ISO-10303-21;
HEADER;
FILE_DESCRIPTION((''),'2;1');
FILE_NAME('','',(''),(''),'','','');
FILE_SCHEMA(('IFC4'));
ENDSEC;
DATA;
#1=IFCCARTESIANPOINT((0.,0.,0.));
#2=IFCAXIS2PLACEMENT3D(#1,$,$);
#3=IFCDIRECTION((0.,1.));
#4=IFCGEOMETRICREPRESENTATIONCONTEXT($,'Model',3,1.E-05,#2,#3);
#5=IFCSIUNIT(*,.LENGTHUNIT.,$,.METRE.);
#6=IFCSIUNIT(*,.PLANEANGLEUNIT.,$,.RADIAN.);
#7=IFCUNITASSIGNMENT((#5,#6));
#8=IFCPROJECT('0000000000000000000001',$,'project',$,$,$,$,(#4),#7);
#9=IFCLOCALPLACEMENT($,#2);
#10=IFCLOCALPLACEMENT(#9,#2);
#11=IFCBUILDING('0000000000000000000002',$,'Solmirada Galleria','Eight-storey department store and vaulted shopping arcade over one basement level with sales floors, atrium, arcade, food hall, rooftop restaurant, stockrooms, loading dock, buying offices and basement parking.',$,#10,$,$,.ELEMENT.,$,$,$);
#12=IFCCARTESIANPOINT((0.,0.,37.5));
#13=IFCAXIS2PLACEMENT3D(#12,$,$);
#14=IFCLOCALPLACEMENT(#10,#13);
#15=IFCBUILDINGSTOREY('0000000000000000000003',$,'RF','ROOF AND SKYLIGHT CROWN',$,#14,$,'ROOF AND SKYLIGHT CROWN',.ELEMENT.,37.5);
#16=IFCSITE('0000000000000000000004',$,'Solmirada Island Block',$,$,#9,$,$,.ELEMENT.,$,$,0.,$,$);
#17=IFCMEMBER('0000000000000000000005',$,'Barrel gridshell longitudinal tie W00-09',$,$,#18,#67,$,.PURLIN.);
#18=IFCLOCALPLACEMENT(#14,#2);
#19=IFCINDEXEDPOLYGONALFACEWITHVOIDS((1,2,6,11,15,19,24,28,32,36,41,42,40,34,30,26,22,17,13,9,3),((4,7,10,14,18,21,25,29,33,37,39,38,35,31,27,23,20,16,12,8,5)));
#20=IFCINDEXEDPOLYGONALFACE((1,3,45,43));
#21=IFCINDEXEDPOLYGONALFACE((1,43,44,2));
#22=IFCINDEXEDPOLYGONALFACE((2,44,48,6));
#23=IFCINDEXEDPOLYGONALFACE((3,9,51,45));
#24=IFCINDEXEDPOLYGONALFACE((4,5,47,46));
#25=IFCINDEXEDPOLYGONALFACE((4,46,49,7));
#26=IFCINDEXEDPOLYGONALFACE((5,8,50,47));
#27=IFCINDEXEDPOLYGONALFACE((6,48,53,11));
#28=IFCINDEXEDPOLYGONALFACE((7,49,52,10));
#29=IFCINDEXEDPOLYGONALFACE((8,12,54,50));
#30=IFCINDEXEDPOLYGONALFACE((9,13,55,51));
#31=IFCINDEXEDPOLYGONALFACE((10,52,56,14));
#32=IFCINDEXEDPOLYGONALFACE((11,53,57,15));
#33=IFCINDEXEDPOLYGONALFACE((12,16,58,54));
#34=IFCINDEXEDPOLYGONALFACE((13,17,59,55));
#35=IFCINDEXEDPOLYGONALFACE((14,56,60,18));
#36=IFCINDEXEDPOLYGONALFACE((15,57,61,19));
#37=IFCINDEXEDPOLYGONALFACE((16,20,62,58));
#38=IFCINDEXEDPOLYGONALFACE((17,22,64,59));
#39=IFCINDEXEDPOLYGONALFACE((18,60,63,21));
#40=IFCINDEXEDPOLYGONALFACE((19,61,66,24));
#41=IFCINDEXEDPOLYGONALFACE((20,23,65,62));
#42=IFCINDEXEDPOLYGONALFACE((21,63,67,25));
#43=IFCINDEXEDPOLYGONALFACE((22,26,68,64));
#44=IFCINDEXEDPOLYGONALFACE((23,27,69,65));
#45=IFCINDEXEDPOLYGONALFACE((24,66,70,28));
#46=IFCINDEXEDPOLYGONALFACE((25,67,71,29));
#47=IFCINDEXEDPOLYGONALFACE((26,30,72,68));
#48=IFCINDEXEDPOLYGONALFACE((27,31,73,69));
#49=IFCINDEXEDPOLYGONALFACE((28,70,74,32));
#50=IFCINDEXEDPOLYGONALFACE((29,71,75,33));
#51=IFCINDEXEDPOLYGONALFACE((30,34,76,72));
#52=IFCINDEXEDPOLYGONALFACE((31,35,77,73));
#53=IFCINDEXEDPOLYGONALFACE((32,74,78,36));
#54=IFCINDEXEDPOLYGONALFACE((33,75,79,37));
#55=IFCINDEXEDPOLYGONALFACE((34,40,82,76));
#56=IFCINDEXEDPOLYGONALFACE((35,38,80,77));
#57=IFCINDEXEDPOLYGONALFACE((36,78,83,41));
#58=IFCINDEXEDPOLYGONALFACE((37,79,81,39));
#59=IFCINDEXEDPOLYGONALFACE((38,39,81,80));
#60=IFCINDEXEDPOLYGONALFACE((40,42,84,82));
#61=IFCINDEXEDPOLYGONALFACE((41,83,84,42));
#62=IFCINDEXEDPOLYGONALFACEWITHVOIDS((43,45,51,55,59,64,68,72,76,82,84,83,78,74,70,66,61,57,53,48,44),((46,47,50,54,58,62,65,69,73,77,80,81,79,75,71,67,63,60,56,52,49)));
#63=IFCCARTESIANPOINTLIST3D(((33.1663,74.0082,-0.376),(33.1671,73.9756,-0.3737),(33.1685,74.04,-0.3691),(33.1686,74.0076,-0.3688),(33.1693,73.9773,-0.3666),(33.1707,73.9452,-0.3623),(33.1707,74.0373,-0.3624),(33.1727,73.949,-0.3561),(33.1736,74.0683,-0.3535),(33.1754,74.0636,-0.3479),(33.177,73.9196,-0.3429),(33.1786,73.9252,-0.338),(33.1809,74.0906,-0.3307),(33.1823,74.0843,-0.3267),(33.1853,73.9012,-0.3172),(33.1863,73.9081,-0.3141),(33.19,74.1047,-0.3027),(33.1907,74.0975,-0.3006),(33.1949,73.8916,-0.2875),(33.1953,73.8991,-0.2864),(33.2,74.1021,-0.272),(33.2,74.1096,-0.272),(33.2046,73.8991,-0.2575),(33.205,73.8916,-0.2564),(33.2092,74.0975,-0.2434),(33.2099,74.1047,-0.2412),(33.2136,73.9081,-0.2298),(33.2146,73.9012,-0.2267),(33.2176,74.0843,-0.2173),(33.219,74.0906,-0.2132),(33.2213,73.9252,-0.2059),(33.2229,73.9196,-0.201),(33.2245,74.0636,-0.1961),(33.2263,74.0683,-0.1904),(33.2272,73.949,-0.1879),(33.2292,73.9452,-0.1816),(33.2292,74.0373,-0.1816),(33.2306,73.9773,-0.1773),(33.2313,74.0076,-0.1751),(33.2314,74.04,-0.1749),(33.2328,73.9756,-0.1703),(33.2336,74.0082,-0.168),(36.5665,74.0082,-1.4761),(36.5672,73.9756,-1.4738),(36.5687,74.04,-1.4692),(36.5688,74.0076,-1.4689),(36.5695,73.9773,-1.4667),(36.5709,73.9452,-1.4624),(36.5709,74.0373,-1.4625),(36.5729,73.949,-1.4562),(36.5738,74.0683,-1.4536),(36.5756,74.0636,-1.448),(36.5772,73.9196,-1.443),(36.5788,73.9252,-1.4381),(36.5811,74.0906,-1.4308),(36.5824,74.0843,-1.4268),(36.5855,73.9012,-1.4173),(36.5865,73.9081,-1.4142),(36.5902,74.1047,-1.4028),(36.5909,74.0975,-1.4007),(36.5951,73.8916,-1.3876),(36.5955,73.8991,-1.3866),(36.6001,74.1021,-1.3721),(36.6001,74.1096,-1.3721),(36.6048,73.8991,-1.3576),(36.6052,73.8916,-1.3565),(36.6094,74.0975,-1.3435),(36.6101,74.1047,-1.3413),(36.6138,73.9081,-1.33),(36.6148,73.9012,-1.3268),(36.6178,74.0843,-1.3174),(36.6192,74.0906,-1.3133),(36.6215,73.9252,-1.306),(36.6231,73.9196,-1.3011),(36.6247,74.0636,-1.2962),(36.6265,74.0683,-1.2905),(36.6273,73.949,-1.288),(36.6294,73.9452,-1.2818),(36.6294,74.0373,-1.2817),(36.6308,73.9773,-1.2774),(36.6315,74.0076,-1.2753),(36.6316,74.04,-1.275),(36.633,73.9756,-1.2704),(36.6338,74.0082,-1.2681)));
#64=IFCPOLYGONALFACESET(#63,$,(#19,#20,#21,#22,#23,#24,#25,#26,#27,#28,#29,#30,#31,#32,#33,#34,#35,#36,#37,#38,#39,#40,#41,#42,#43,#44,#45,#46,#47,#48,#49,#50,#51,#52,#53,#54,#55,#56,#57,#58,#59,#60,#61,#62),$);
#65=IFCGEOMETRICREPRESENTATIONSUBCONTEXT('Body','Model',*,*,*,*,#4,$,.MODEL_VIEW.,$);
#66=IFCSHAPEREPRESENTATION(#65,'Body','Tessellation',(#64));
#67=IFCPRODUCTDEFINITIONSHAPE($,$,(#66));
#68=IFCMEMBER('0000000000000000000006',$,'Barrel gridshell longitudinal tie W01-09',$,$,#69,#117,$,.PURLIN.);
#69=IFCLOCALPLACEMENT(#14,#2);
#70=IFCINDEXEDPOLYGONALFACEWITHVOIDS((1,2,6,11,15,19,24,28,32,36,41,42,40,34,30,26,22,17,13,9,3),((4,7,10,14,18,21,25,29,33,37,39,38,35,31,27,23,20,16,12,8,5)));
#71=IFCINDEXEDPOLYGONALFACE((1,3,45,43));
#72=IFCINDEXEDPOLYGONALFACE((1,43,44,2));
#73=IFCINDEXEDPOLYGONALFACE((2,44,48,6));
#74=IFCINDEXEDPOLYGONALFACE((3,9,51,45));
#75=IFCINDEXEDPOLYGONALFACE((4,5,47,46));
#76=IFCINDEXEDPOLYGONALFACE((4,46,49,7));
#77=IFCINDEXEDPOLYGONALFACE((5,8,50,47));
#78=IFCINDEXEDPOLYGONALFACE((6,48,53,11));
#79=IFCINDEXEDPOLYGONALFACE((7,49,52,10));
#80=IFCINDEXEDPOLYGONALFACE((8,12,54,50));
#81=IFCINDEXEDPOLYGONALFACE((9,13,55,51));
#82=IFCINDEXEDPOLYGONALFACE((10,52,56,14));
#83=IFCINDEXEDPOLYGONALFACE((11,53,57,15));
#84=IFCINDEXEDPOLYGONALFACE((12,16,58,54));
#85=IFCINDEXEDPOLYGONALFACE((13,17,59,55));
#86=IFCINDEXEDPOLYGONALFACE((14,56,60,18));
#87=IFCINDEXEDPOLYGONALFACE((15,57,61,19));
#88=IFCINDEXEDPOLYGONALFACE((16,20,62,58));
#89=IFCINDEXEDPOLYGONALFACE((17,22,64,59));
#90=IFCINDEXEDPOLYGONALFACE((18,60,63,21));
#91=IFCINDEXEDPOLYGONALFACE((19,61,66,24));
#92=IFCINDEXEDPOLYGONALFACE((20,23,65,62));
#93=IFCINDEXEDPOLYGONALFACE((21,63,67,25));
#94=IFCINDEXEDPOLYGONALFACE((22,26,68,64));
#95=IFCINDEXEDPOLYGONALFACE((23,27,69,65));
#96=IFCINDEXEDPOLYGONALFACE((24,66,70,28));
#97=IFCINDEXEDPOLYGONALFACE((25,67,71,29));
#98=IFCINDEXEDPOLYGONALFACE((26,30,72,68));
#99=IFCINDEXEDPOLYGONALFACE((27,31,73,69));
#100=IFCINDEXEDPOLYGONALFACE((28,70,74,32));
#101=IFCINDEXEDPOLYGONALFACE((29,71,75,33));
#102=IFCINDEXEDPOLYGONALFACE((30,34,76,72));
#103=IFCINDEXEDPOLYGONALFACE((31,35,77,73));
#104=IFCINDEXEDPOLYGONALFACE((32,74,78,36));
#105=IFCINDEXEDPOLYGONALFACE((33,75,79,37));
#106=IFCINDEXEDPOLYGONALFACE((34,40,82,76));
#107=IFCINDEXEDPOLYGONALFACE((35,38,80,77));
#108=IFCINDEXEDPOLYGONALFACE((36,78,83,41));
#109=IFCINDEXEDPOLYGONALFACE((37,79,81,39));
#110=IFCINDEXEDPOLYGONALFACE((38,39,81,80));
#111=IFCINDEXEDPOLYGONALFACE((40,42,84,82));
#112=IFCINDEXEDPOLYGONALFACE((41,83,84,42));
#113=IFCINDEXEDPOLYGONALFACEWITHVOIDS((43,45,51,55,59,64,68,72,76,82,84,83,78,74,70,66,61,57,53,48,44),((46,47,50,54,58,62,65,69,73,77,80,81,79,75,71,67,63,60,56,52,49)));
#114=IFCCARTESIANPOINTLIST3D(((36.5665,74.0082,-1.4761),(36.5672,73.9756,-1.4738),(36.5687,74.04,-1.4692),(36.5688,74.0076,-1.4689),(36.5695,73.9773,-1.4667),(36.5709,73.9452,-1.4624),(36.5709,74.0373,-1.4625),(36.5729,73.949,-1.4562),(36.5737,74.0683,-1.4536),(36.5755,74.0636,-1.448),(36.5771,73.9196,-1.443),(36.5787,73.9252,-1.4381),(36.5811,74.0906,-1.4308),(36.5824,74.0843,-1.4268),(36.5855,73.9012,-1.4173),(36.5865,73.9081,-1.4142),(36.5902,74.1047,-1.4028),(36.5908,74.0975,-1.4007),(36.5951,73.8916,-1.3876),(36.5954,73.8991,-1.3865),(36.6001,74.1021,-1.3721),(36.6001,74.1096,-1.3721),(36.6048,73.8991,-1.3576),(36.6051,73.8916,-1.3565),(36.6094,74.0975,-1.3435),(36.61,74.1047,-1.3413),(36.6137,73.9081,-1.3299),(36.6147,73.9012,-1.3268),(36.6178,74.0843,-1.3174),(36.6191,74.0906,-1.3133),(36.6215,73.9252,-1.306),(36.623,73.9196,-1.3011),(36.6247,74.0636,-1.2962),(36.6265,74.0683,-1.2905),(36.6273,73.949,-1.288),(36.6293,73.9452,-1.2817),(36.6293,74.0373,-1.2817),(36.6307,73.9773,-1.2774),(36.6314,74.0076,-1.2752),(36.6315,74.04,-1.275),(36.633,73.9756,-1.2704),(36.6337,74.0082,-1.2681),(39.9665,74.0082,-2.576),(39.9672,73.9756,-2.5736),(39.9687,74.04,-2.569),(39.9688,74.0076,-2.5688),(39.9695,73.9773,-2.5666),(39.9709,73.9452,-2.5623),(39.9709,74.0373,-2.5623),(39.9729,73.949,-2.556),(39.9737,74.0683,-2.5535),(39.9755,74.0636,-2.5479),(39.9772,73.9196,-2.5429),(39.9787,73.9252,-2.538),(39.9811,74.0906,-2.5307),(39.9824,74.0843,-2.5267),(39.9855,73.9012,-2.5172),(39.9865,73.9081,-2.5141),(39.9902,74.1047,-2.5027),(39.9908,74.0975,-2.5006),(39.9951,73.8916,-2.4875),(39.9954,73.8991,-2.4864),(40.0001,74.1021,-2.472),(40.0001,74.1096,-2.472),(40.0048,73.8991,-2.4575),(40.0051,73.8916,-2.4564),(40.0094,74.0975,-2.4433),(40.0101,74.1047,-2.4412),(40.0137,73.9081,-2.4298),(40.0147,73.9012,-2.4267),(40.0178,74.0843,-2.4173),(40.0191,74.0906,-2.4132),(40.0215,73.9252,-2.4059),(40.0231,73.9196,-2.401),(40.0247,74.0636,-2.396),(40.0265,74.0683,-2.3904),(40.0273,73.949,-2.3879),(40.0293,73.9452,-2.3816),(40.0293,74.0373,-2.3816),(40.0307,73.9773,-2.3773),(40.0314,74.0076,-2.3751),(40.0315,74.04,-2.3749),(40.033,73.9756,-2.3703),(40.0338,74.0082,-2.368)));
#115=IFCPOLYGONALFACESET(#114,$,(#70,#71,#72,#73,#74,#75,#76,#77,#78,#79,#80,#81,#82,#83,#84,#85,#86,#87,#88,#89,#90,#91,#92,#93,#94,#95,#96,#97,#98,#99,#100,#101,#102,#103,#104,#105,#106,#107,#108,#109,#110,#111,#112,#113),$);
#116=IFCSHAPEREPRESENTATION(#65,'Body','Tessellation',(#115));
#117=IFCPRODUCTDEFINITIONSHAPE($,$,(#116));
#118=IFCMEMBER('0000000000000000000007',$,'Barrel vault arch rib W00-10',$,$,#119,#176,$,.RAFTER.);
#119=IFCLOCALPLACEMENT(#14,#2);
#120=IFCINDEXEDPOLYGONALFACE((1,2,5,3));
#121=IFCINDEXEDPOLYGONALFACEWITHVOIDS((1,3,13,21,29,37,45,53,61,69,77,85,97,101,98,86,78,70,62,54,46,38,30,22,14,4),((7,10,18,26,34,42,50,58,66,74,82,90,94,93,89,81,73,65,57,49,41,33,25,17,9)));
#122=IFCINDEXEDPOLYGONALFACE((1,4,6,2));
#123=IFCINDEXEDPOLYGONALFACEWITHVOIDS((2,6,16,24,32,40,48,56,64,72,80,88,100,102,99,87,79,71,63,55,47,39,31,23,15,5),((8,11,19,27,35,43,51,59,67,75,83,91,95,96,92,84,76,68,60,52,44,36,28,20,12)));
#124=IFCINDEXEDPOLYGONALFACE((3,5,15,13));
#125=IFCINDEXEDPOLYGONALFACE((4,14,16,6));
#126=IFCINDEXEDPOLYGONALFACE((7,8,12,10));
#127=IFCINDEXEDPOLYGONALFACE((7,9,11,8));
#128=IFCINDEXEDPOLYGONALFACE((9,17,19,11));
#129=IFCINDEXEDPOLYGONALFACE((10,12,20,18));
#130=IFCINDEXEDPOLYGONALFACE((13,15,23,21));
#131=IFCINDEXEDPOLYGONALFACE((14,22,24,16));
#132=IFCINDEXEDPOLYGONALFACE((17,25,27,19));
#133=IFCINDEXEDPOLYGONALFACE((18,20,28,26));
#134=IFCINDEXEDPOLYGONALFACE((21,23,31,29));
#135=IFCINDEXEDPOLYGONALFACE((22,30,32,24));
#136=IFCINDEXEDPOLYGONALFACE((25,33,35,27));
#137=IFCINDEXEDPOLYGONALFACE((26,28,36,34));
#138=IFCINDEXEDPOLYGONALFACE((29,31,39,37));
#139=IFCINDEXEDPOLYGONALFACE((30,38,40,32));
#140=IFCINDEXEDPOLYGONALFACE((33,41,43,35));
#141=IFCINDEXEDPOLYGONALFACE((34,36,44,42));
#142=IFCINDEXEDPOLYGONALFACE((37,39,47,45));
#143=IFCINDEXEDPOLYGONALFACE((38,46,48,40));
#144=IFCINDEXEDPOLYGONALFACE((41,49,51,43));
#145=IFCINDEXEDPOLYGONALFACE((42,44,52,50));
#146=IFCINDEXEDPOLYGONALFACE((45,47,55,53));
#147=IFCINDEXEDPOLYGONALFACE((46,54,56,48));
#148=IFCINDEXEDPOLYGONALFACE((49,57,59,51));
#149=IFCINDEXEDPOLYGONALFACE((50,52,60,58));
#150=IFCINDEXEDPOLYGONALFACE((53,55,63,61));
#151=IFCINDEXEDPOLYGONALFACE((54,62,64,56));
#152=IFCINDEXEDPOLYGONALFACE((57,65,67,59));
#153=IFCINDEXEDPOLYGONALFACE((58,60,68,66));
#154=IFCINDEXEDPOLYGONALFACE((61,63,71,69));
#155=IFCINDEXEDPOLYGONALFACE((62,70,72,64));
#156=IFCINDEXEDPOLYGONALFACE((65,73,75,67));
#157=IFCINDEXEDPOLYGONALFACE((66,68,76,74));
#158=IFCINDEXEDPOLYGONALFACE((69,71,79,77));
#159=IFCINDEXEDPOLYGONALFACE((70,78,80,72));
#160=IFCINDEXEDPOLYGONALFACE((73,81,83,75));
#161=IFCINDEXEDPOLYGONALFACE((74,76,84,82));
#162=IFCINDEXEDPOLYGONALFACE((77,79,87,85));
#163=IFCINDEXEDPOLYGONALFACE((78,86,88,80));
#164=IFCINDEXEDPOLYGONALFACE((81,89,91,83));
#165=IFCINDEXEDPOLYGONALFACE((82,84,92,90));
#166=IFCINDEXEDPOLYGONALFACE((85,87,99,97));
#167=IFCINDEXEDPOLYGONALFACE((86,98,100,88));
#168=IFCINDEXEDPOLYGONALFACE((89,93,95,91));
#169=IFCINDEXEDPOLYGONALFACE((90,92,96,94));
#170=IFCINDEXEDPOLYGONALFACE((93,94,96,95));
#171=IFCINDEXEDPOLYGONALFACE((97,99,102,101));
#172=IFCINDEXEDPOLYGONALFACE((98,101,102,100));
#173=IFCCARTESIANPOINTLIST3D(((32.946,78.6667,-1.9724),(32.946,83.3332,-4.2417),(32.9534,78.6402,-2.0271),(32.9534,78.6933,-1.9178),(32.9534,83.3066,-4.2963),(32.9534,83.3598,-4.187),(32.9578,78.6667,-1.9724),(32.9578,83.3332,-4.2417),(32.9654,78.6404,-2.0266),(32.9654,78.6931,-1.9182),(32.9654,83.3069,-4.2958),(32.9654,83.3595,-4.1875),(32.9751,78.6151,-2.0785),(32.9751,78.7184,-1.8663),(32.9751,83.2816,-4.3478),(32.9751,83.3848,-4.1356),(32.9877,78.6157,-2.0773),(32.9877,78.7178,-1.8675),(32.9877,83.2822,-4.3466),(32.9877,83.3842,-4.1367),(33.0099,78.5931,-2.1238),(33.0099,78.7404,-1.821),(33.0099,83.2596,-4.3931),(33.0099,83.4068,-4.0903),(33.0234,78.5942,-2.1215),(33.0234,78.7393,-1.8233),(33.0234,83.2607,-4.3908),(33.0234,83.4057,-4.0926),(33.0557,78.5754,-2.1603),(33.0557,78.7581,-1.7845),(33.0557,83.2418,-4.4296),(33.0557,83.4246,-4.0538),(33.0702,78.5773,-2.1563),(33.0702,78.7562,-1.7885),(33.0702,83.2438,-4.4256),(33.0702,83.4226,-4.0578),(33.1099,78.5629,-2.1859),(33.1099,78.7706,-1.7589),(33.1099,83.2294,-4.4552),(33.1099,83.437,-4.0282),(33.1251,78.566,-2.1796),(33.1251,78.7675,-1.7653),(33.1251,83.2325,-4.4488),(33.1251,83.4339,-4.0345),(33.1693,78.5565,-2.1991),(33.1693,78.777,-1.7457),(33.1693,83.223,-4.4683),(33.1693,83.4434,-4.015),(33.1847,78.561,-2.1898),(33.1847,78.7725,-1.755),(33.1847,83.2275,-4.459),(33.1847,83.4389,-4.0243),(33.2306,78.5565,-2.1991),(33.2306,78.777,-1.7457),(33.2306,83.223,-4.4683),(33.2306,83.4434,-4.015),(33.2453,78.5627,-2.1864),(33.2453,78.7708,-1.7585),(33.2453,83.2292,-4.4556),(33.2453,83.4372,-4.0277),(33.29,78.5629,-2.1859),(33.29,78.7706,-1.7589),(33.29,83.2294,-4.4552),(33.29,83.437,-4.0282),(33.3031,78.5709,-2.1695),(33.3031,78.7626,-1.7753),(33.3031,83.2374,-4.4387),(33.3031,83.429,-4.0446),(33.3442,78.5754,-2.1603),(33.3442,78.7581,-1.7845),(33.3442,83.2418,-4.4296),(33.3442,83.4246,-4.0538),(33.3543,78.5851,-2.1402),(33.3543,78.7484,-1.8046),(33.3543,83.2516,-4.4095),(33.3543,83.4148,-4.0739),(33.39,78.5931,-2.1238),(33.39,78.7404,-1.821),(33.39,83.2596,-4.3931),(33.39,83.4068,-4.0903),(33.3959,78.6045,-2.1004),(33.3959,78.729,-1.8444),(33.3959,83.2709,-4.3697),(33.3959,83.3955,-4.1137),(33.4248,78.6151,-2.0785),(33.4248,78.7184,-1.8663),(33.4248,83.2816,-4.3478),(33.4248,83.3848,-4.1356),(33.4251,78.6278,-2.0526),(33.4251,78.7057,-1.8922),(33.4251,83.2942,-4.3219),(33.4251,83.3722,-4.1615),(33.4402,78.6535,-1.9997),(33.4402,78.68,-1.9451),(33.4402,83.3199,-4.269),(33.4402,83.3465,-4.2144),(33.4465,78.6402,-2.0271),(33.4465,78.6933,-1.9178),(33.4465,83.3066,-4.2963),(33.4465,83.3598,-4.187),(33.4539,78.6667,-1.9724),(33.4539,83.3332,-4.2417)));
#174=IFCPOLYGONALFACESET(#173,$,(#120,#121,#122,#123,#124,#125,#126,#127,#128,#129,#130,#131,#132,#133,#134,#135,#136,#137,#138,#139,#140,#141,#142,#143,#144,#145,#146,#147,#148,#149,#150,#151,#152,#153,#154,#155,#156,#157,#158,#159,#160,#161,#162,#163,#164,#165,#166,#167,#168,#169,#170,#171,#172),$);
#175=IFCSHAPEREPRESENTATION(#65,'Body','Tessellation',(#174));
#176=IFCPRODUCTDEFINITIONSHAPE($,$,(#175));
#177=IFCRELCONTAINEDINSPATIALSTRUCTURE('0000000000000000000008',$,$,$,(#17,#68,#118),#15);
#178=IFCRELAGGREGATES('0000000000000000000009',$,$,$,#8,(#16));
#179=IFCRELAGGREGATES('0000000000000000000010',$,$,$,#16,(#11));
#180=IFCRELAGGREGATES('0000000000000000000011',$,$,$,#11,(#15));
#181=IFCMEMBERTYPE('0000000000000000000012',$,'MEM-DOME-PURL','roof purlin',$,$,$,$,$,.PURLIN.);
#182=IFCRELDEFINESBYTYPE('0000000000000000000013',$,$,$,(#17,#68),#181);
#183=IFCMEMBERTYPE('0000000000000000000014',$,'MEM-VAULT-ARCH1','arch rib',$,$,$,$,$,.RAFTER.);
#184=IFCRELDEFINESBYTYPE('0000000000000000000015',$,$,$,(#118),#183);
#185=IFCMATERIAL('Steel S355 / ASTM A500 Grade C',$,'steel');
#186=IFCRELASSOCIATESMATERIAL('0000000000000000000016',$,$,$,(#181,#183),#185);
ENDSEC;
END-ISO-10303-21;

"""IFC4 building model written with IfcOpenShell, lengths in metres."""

from ifc_helpers import new_model, si_unit, direction, frame, origin, origin_2d, place, context, subcontext, project, spatial, hollow_circle, extrude, material, material_profile, profile_set, type_object, element, save


model = new_model("IFC4")

# Units and contexts
model_context = context("Model", 3, precision=1e-05, world=origin(), true_north=direction((0.0, 1.0)))
body_context = subcontext(model_context, "Body", "Model", "MODEL_VIEW")
ifc_project = project(units=[si_unit("LENGTHUNIT", "METRE"), si_unit("PLANEANGLEUNIT", "RADIAN")], contexts=[model_context])

# Site, building, storey
site_placement = place(None, origin())
site = spatial("IfcSite", under=ifc_project, at=site_placement, Name="Solmirada Island Block", CompositionType="ELEMENT", RefElevation=0.0)
building_placement = place(site_placement, origin())
building = spatial("IfcBuilding", under=site, at=building_placement, Name="Solmirada Galleria", Description="Eight-storey department store and vaulted shopping arcade over one basement level with sales floors, atrium, arcade, food hall, rooftop restaurant, stockrooms, loading dock, buying offices and basement parking.", CompositionType="ELEMENT")
storey_placement = place(building_placement, frame((0.0, 0.0, 37.5)))
storey = spatial("IfcBuildingStorey", under=building, at=storey_placement, Name="RF", Description="ROOF AND SKYLIGHT CROWN", LongName="ROOF AND SKYLIGHT CROWN", CompositionType="ELEMENT", Elevation=37.5)

# Members
ifc_material_1 = material(Name="Steel S355 / ASTM A500 Grade C", Category="steel")
ifc_material_profile_1 = material_profile(ifc_material_1, hollow_circle(Radius=0.1096, WallThickness=0.0076, at=origin_2d()), Name="HSS8.625X0.322")
ifc_profile_set_1 = profile_set([ifc_material_profile_1], Name="Steel S355 / ASTM A500 Grade C")
member_type_1 = type_object("IfcMemberType", Name="MEM-DOME-PURL", Description="roof purlin", PredefinedType="PURLIN", material=ifc_profile_set_1)
member_1_placement = place(storey_placement, frame((33.2, 74.0, -0.272), z_axis=(0.95144, 0.0, -0.307833), x_axis=(0.0, 1.0, 0.0)))
element("IfcMember", 1, at=member_1_placement, inside=storey, type_object=member_type_1, Name="Barrel gridshell longitudinal tie W00-09", PredefinedType="PURLIN", context=body_context, shape_type="SweptSolid", body=[
    extrude(hollow_circle(Radius=0.1096, WallThickness=0.0076, at=origin_2d()), origin(), (0.0, 0.0, 1.0), 3.5737),
])
member_2_placement = place(storey_placement, frame((36.6001, 74.0, -1.3721), z_axis=(0.951454, 0.0, -0.307791), x_axis=(0.0, 1.0, 0.0)))
element("IfcMember", 2, at=member_2_placement, inside=storey, type_object=member_type_1, Name="Barrel gridshell longitudinal tie W01-09", PredefinedType="PURLIN", context=body_context, shape_type="SweptSolid", body=[
    extrude(hollow_circle(Radius=0.1096, WallThickness=0.0076, at=origin_2d()), origin(), (0.0, 0.0, 1.0), 3.5735),
])
ifc_material_profile_2 = material_profile(ifc_material_1, hollow_circle(Radius=0.2539, WallThickness=0.0117, at=origin_2d()), Name="HSS20.000X0.500")
ifc_profile_set_2 = profile_set([ifc_material_profile_2], Name="Steel S355 / ASTM A500 Grade C")
member_type_2 = type_object("IfcMemberType", Name="MEM-VAULT-ARCH1", Description="arch rib", PredefinedType="RAFTER", material=ifc_profile_set_2)
member_3_placement = place(storey_placement, frame((33.2, 78.6667, -1.9724), z_axis=(0.0, 0.899304, -0.437325), x_axis=(-1.0, 0.0, 0.0)))
element("IfcMember", 3, at=member_3_placement, inside=storey, type_object=member_type_2, Name="Barrel vault arch rib W00-10", PredefinedType="RAFTER", context=body_context, shape_type="SweptSolid", body=[
    extrude(hollow_circle(Radius=0.2539, WallThickness=0.0117, at=origin_2d()), origin(), (0.0, 0.0, 1.0), 5.189),
])

save(model, "model.ifc")
